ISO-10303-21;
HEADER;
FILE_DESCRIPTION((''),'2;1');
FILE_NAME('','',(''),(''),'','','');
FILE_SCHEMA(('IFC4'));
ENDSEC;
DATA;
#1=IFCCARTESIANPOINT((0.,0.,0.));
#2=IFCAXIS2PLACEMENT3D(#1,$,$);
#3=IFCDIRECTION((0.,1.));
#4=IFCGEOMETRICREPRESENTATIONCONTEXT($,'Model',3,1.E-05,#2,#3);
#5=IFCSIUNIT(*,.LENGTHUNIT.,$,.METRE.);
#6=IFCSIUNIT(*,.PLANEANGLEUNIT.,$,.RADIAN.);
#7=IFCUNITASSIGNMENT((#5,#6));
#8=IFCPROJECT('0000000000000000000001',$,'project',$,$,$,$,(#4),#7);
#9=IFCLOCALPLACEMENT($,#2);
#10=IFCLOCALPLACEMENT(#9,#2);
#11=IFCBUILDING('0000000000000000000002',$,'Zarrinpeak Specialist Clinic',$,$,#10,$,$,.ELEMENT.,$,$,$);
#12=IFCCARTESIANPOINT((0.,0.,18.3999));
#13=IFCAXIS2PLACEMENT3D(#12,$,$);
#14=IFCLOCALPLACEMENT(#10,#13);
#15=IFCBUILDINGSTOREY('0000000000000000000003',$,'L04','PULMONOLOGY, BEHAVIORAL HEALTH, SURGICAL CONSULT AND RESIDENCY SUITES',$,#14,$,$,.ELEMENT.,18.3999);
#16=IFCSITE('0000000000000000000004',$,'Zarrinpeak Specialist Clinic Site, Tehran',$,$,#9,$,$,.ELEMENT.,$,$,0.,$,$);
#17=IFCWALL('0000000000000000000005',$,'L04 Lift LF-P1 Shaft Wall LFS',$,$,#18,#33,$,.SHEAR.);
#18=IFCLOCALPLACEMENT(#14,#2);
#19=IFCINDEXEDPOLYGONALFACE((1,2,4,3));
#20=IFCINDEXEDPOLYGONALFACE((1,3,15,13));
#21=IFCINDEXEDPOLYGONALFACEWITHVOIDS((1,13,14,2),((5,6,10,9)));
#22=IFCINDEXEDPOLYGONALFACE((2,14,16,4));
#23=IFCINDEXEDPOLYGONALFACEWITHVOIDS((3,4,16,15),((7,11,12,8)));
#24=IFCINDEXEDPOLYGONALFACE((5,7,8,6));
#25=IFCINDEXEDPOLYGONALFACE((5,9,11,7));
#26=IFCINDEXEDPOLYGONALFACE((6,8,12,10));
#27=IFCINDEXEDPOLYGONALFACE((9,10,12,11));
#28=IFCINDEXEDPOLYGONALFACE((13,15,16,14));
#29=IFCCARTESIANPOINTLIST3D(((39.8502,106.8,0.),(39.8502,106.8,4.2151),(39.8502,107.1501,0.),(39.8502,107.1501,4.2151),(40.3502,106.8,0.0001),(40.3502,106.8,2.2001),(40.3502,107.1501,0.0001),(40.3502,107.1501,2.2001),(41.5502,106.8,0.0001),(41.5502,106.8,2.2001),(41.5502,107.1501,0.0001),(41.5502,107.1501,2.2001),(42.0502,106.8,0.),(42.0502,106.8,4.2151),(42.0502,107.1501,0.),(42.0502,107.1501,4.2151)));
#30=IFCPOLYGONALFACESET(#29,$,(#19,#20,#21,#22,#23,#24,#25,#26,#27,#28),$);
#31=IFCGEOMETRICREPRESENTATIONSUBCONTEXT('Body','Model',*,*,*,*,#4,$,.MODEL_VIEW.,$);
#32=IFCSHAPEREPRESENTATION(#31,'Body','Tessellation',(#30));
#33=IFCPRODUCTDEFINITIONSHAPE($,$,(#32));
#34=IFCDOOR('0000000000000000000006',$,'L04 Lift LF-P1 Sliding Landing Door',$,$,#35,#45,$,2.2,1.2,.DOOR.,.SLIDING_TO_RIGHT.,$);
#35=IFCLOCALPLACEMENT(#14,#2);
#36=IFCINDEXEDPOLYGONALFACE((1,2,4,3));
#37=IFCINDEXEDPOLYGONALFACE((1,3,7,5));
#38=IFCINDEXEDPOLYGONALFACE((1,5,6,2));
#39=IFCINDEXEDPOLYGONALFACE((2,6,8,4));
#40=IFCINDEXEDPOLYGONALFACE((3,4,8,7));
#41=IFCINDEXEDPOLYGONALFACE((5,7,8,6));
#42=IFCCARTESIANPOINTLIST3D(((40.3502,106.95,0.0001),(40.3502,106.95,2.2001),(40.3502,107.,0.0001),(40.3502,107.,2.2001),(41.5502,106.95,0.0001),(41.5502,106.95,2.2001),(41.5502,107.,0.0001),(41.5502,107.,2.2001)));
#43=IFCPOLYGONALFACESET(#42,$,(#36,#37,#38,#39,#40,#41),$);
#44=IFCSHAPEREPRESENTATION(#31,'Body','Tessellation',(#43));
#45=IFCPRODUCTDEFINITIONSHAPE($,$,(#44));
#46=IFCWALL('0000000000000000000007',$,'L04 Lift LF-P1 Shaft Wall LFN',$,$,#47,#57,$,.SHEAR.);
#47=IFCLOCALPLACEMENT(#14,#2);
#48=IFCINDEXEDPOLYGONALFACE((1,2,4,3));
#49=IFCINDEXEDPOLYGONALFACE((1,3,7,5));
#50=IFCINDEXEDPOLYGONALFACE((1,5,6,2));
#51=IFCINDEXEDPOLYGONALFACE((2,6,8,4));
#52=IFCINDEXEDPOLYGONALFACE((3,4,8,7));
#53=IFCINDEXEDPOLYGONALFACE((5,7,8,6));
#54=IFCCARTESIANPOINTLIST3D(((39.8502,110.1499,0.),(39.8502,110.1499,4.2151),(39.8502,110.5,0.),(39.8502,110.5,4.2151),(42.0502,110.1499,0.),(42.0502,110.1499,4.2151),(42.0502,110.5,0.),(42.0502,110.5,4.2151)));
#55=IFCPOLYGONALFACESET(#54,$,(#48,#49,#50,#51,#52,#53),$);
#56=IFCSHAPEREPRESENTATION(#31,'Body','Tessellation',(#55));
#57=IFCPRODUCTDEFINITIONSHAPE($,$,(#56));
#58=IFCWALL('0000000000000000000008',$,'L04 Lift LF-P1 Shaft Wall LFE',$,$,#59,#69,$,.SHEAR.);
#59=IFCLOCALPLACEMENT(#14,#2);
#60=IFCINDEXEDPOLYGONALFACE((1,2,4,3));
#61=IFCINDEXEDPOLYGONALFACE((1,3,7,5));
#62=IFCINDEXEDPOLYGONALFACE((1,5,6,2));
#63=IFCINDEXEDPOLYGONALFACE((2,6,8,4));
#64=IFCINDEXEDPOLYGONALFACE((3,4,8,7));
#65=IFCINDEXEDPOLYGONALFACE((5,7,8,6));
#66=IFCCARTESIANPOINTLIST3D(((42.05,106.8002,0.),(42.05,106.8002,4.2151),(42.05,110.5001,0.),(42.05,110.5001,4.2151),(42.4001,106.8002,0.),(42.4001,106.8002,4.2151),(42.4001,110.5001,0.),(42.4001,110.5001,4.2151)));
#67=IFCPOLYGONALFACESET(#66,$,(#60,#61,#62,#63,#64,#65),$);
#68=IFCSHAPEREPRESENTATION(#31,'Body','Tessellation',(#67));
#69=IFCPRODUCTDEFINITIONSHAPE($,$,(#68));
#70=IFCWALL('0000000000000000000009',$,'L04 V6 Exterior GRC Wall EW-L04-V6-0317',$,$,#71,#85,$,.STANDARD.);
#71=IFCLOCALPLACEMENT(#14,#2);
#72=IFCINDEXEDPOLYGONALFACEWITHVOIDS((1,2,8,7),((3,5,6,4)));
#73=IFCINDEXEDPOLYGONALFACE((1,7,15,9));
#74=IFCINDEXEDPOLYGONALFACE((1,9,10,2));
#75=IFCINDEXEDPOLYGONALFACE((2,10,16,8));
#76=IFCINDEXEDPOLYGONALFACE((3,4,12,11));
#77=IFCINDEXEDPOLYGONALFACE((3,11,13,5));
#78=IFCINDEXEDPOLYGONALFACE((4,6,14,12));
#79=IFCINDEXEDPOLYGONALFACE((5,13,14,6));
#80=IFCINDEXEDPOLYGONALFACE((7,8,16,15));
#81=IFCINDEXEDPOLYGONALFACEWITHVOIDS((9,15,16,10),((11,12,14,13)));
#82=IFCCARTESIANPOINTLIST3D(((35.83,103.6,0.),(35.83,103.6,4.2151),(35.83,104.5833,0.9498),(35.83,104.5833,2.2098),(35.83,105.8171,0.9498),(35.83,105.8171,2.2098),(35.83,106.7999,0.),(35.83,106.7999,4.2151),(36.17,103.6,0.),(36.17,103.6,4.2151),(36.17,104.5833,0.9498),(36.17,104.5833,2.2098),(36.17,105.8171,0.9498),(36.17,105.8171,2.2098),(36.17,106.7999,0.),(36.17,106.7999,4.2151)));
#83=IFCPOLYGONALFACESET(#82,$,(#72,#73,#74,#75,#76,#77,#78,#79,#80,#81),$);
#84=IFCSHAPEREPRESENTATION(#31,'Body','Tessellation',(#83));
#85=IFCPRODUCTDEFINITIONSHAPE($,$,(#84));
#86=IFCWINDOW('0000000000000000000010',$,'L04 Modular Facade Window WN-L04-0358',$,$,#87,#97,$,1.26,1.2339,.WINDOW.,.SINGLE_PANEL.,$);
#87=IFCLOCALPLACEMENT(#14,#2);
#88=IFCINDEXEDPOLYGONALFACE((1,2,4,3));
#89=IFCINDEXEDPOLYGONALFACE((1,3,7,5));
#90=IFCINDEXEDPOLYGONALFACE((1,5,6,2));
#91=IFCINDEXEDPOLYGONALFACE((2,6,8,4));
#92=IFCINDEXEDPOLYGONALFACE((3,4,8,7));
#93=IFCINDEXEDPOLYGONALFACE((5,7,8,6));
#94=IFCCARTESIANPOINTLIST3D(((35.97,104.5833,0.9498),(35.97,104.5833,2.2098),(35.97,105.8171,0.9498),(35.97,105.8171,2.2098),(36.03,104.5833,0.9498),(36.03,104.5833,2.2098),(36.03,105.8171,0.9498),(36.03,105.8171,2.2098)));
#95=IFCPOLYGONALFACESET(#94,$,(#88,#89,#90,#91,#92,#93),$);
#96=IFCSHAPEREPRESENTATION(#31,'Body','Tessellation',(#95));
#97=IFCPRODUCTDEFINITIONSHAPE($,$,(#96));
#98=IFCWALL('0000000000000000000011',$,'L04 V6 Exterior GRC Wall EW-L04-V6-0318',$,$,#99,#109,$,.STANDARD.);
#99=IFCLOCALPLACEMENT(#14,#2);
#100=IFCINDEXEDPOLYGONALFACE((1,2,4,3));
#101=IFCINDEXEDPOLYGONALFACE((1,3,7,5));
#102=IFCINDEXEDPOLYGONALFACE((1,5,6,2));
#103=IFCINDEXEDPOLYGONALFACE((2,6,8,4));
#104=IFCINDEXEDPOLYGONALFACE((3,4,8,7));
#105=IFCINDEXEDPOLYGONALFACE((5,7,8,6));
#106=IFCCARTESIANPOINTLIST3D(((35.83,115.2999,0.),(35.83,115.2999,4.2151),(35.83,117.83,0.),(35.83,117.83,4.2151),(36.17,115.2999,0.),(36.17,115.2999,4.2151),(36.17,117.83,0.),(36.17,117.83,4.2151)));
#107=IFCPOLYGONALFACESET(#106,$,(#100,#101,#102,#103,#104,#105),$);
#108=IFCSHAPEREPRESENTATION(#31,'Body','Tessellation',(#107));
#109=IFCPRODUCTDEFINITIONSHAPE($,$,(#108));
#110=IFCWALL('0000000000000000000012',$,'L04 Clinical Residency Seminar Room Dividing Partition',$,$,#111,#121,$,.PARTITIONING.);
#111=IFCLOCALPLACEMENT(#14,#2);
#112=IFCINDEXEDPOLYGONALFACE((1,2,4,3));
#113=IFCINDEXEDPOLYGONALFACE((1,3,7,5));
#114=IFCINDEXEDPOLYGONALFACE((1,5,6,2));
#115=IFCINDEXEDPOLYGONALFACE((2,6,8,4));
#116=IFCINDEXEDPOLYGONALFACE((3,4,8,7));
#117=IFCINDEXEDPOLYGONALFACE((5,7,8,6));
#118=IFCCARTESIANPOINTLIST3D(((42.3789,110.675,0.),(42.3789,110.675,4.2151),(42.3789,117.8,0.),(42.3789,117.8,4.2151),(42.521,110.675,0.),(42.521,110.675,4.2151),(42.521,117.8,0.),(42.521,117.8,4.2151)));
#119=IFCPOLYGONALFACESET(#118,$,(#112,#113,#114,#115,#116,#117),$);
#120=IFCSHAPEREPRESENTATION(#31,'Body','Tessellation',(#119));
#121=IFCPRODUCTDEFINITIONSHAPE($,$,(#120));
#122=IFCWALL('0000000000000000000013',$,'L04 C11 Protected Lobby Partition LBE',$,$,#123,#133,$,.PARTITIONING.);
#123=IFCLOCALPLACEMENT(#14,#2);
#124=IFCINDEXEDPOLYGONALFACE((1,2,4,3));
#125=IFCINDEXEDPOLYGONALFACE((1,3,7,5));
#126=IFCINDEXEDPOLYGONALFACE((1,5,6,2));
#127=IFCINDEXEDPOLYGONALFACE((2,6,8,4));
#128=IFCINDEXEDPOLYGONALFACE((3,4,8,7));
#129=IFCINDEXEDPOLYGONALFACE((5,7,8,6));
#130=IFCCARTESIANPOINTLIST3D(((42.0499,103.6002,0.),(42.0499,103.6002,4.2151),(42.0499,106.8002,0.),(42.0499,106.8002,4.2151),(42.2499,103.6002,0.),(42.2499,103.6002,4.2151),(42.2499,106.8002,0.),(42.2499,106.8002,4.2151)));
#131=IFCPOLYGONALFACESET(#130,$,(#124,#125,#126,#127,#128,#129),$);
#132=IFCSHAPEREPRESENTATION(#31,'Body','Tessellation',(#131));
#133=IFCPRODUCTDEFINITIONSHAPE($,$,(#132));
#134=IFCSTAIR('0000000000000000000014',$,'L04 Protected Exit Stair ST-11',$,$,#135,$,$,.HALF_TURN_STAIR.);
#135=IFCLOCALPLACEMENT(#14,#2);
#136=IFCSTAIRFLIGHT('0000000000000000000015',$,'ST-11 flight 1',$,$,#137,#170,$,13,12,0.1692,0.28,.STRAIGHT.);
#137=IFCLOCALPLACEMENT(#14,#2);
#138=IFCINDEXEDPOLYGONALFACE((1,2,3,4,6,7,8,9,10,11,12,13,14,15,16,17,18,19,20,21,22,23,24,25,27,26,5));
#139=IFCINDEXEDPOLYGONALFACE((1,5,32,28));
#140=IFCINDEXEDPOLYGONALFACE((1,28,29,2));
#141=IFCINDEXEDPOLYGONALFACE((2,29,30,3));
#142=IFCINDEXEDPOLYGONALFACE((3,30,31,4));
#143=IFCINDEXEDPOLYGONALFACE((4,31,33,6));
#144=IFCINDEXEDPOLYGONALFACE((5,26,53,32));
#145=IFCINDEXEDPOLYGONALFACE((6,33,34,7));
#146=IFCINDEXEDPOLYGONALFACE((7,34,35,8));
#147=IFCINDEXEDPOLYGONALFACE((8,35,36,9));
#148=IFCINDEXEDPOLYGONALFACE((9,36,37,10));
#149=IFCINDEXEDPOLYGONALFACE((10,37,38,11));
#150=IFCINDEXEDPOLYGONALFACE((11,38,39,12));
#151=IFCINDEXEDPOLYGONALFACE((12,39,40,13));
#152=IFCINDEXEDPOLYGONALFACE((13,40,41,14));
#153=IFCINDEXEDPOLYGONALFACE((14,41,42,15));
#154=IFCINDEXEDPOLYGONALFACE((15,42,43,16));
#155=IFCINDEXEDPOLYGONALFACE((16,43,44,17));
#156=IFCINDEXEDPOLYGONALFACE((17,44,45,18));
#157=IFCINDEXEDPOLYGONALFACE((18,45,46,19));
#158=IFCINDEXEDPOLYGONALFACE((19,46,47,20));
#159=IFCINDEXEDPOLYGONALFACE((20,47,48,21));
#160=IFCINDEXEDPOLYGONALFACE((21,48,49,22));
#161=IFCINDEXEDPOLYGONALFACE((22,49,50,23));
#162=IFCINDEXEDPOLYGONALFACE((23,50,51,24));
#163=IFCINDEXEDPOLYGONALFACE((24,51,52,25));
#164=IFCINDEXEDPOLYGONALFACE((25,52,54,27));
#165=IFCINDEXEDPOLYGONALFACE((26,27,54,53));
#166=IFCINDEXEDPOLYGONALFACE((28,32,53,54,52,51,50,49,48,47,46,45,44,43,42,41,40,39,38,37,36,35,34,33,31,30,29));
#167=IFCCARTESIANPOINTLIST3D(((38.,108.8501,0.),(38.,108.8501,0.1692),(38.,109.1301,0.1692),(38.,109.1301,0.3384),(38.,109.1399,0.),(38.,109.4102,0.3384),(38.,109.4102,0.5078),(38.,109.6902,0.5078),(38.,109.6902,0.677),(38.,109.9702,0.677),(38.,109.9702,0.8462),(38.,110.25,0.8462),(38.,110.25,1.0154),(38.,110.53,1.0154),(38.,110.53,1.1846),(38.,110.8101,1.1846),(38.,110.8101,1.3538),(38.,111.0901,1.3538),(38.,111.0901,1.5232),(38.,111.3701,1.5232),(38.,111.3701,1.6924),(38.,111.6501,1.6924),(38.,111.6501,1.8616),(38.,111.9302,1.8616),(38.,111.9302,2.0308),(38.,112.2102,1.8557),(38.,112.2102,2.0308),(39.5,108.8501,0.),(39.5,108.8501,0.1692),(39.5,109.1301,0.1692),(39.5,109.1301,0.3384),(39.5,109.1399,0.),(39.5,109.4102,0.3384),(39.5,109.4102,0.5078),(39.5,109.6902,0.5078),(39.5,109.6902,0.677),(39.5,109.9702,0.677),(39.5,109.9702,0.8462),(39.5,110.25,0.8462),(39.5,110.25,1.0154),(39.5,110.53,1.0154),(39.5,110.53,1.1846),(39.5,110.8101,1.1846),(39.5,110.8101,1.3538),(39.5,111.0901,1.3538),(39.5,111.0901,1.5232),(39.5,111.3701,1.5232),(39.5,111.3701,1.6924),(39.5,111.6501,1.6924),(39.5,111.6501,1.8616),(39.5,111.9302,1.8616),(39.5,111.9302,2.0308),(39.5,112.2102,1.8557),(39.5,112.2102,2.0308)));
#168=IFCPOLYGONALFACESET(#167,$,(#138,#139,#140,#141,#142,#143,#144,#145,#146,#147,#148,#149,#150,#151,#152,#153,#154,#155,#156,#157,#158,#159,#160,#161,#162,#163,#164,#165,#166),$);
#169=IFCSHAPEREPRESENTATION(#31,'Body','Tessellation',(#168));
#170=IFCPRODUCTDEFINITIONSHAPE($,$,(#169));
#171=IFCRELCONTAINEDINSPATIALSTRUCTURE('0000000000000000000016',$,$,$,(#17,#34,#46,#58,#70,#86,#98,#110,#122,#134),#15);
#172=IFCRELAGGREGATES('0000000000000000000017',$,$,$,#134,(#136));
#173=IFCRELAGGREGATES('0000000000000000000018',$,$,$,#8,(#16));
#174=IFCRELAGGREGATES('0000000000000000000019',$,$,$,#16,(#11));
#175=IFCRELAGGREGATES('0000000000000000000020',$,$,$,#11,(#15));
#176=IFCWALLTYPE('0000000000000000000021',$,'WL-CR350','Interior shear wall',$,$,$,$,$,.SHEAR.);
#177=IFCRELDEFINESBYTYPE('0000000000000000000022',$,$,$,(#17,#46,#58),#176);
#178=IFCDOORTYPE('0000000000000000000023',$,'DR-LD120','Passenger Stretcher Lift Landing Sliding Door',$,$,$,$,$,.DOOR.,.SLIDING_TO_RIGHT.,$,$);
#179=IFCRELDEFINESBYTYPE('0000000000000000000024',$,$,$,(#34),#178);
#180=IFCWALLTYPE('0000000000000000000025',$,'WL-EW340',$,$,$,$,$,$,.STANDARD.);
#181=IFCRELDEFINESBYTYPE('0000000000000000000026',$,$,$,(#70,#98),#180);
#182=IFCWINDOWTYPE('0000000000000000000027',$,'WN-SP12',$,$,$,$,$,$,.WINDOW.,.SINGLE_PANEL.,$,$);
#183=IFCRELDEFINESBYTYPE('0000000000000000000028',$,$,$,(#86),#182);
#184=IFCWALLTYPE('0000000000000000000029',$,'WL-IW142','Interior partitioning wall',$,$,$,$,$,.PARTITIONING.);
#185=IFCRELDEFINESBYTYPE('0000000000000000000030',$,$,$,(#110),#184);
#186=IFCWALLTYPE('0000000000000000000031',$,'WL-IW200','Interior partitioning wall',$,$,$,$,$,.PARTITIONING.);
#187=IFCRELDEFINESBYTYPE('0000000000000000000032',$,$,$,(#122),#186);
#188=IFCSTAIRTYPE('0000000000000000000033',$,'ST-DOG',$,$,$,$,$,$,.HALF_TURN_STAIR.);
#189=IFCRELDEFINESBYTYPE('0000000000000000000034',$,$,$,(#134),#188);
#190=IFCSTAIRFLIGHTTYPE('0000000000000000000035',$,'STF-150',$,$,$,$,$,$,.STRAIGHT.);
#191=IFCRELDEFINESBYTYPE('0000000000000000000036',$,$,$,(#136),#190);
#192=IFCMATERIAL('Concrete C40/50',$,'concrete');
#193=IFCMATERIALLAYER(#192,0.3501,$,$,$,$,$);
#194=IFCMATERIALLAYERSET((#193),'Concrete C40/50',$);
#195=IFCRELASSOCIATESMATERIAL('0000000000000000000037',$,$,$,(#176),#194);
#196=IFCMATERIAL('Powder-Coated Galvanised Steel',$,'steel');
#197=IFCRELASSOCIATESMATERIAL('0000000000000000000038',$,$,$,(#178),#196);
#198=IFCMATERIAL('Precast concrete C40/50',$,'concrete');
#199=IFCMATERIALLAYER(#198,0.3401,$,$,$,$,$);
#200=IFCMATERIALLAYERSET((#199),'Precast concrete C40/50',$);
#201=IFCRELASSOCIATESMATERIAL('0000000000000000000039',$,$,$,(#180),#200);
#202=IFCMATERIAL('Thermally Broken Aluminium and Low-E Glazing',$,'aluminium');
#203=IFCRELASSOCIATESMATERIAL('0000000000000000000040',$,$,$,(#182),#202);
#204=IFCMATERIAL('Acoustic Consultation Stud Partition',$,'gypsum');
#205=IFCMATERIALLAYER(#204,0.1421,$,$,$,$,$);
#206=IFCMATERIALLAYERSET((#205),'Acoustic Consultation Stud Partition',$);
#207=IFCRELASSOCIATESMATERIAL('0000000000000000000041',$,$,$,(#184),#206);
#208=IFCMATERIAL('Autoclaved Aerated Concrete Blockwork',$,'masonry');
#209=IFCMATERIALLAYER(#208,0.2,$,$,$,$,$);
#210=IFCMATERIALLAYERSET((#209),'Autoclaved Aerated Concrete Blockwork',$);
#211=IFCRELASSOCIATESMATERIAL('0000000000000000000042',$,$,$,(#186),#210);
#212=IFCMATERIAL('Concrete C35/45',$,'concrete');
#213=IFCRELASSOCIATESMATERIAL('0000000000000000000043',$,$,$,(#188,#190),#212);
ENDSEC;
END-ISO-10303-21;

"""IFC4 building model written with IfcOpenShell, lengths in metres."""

from ifc_helpers import new_model, si_unit, direction, frame, frame_2d, origin, place, context, subcontext, project, spatial, polyline, rectangle, outline, extrude, material, layer, layer_set, type_object, element, fill, aggregate, save


model = new_model("IFC4")

# Units and contexts
model_context = context("Model", 3, precision=1e-05, world=origin(), true_north=direction((0.0, 1.0)))
body_context = subcontext(model_context, "Body", "Model", "MODEL_VIEW")
ifc_project = project(units=[si_unit("LENGTHUNIT", "METRE"), si_unit("PLANEANGLEUNIT", "RADIAN")], contexts=[model_context])

# Site, building, storey
site_placement = place(None, origin())
site = spatial("IfcSite", under=ifc_project, at=site_placement, Name="Zarrinpeak Specialist Clinic Site, Tehran", CompositionType="ELEMENT", RefElevation=0.0)
building_placement = place(site_placement, origin())
building = spatial("IfcBuilding", under=site, at=building_placement, Name="Zarrinpeak Specialist Clinic", CompositionType="ELEMENT")
storey_placement = place(building_placement, frame((0.0, 0.0, 18.3999)))
storey = spatial("IfcBuildingStorey", under=building, at=storey_placement, Name="L04", Description="PULMONOLOGY, BEHAVIORAL HEALTH, SURGICAL CONSULT AND RESIDENCY SUITES", CompositionType="ELEMENT", Elevation=18.3999)

# Shared definitions
ifc_material_1 = material(Name="Concrete C40/50", Category="concrete")
ifc_layer_1 = layer(ifc_material_1, 0.3501)
ifc_layer_set_1 = layer_set([ifc_layer_1], Name="Concrete C40/50")
wall_type_1 = type_object("IfcWallType", Name="WL-CR350", Description="Interior shear wall", PredefinedType="SHEAR", material=ifc_layer_set_1)
ifc_material_2 = material(Name="Powder-Coated Galvanised Steel", Category="steel")

# Wall, opening, door
wall_1_placement = place(storey_placement, frame((39.8501, 106.9751, 0.0), z_axis=(0.0, 0.0, 1.0), x_axis=(1.0, 0.0, 0.0)))
wall_1 = element("IfcWall", 1, at=wall_1_placement, inside=storey, type_object=wall_type_1, Name="L04 Lift LF-P1 Shaft Wall LFS", PredefinedType="SHEAR", context=body_context, shape_type="SweptSolid", body=[
    extrude(rectangle(XDim=2.2, YDim=0.3501, at=frame_2d((1.1001, 0.0))), origin(), (0.0, 0.0, 1.0), 4.2151),
])
opening_1_placement = place(wall_1_placement, frame((0.5, 0.0, 0.0)))
opening_1 = element("IfcOpeningElement", 2, at=opening_1_placement, cuts=wall_1, PredefinedType="OPENING", context=body_context, shape_type="SweptSolid", body=[
    extrude(rectangle(XDim=1.2, YDim=2.2, at=frame_2d((0.6001, 1.1001))), frame((0.0, 0.1851, 0.0), z_axis=(0.0, -1.0, 0.0), x_axis=(1.0, 0.0, 0.0)), (0.0, 0.0, 1.0), 0.3701),
])
door_type_1 = type_object("IfcDoorType", Name="DR-LD120", Description="Passenger Stretcher Lift Landing Sliding Door", OperationType="SLIDING_TO_RIGHT", PredefinedType="DOOR", material=ifc_material_2)
door_1_placement = place(opening_1_placement, origin())
door_1 = element("IfcDoor", 3, at=door_1_placement, inside=storey, type_object=door_type_1, Name="L04 Lift LF-P1 Sliding Landing Door", OperationType="SLIDING_TO_RIGHT", OverallHeight=2.2, OverallWidth=1.2, PredefinedType="DOOR", context=body_context, shape_type="SweptSolid", body=[
    extrude(rectangle(XDim=1.2, YDim=2.2, at=frame_2d((0.6001, 1.1001))), frame((0.0, 0.0249, 0.0), z_axis=(0.0, -1.0, 0.0), x_axis=(1.0, 0.0, 0.0)), (0.0, 0.0, 1.0), 0.05),
])
fill(opening_1, door_1)

# Walls
wall_2_placement = place(storey_placement, frame((39.8501, 110.325, 0.0), z_axis=(0.0, 0.0, 1.0), x_axis=(1.0, 0.0, 0.0)))
element("IfcWall", 4, at=wall_2_placement, inside=storey, type_object=wall_type_1, Name="L04 Lift LF-P1 Shaft Wall LFN", PredefinedType="SHEAR", context=body_context, shape_type="SweptSolid", body=[
    extrude(rectangle(XDim=2.2, YDim=0.3501, at=frame_2d((1.1001, 0.0))), origin(), (0.0, 0.0, 1.0), 4.2151),
])
wall_3_placement = place(storey_placement, frame((42.2251, 106.8, 0.0), z_axis=(0.0, 0.0, 1.0), x_axis=(0.0, 1.0, 0.0)))
element("IfcWall", 5, at=wall_3_placement, inside=storey, type_object=wall_type_1, Name="L04 Lift LF-P1 Shaft Wall LFE", PredefinedType="SHEAR", context=body_context, shape_type="SweptSolid", body=[
    extrude(rectangle(XDim=3.7, YDim=0.3501, at=frame_2d((1.8501, 0.0))), origin(), (0.0, 0.0, 1.0), 4.2151),
])

# Wall, opening, window
ifc_material_3 = material(Name="Precast concrete C40/50", Category="concrete")
ifc_layer_2 = layer(ifc_material_3, 0.3401)
ifc_layer_set_2 = layer_set([ifc_layer_2], Name="Precast concrete C40/50")
wall_type_2 = type_object("IfcWallType", Name="WL-EW340", PredefinedType="STANDARD", material=ifc_layer_set_2)
wall_4_placement = place(storey_placement, frame((36.0, 106.8, 0.0), z_axis=(0.0, 0.0, 1.0), x_axis=(0.0, -1.0, 0.0)))
wall_4 = element("IfcWall", 6, at=wall_4_placement, inside=storey, type_object=wall_type_2, Name="L04 V6 Exterior GRC Wall EW-L04-V6-0317", PredefinedType="STANDARD", context=body_context, shape_type="SweptSolid", body=[
    extrude(rectangle(XDim=3.2, YDim=0.3401, at=frame_2d((1.6001, 0.0))), origin(), (0.0, 0.0, 1.0), 4.2151),
])
opening_2_placement = place(wall_4_placement, frame((0.9829, 0.0, 0.95)))
opening_2 = element("IfcOpeningElement", 7, at=opening_2_placement, cuts=wall_4, PredefinedType="OPENING", context=body_context, shape_type="SweptSolid", body=[
    extrude(rectangle(XDim=1.2339, YDim=1.26, at=frame_2d((0.6169, 0.6299))), frame((0.0, 0.1802, 0.0), z_axis=(0.0, -1.0, 0.0), x_axis=(1.0, 0.0, 0.0)), (0.0, 0.0, 1.0), 0.3601),
])
ifc_material_4 = material(Name="Thermally Broken Aluminium and Low-E Glazing", Category="aluminium")
window_type = type_object("IfcWindowType", Name="WN-SP12", PartitioningType="SINGLE_PANEL", PredefinedType="WINDOW", material=ifc_material_4)
window_placement = place(opening_2_placement, origin())
window = element("IfcWindow", 8, at=window_placement, inside=storey, type_object=window_type, Name="L04 Modular Facade Window WN-L04-0358", OverallHeight=1.26, OverallWidth=1.2339, PartitioningType="SINGLE_PANEL", PredefinedType="WINDOW", context=body_context, shape_type="SweptSolid", body=[
    extrude(rectangle(XDim=1.2339, YDim=1.26, at=frame_2d((0.6169, 0.6299))), frame((0.0, 0.03, 0.0), z_axis=(0.0, -1.0, 0.0), x_axis=(1.0, 0.0, 0.0)), (0.0, 0.0, 1.0), 0.0601),
])
fill(opening_2, window)

# Walls
wall_5_placement = place(storey_placement, frame((36.0, 117.8301, 0.0), z_axis=(0.0, 0.0, 1.0), x_axis=(0.0, -1.0, 0.0)))
element("IfcWall", 9, at=wall_5_placement, inside=storey, type_object=wall_type_2, Name="L04 V6 Exterior GRC Wall EW-L04-V6-0318", PredefinedType="STANDARD", context=body_context, shape_type="SweptSolid", body=[
    extrude(rectangle(XDim=2.53, YDim=0.3401, at=frame_2d((1.2651, 0.0))), origin(), (0.0, 0.0, 1.0), 4.2151),
])
ifc_material_5 = material(Name="Acoustic Consultation Stud Partition", Category="gypsum")
ifc_layer_3 = layer(ifc_material_5, 0.1421)
ifc_layer_set_3 = layer_set([ifc_layer_3], Name="Acoustic Consultation Stud Partition")
wall_type_3 = type_object("IfcWallType", Name="WL-IW142", Description="Interior partitioning wall", PredefinedType="PARTITIONING", material=ifc_layer_set_3)
wall_6_placement = place(storey_placement, frame((42.45, 110.675, 0.0), z_axis=(0.0, 0.0, 1.0), x_axis=(0.0, 1.0, 0.0)))
element("IfcWall", 10, at=wall_6_placement, inside=storey, type_object=wall_type_3, Name="L04 Clinical Residency Seminar Room Dividing Partition", PredefinedType="PARTITIONING", context=body_context, shape_type="SweptSolid", body=[
    extrude(rectangle(XDim=7.125, YDim=0.1421, at=frame_2d((3.5625, 0.0))), origin(), (0.0, 0.0, 1.0), 4.2151),
])
ifc_material_6 = material(Name="Autoclaved Aerated Concrete Blockwork", Category="masonry")
ifc_layer_4 = layer(ifc_material_6, 0.2)
ifc_layer_set_4 = layer_set([ifc_layer_4], Name="Autoclaved Aerated Concrete Blockwork")
wall_type_4 = type_object("IfcWallType", Name="WL-IW200", Description="Interior partitioning wall", PredefinedType="PARTITIONING", material=ifc_layer_set_4)
wall_7_placement = place(storey_placement, frame((42.1499, 103.6001, 0.0), z_axis=(0.0, 0.0, 1.0), x_axis=(0.0, 1.0, 0.0)))
element("IfcWall", 11, at=wall_7_placement, inside=storey, type_object=wall_type_4, Name="L04 C11 Protected Lobby Partition LBE", PredefinedType="PARTITIONING", context=body_context, shape_type="SweptSolid", body=[
    extrude(rectangle(XDim=3.2, YDim=0.2, at=frame_2d((1.6001, 0.0))), origin(), (0.0, 0.0, 1.0), 4.2151),
])

# Stair, stair flight
ifc_material_7 = material(Name="Concrete C35/45", Category="concrete")
stair_type = type_object("IfcStairType", Name="ST-DOG", PredefinedType="HALF_TURN_STAIR", material=ifc_material_7)
stair_placement = place(storey_placement, origin())
stair = element("IfcStair", 12, at=stair_placement, inside=storey, type_object=stair_type, Name="L04 Protected Exit Stair ST-11", PredefinedType="HALF_TURN_STAIR")
stair_flight_type = type_object("IfcStairFlightType", Name="STF-150", PredefinedType="STRAIGHT", material=ifc_material_7)
stair_flight_1_placement = place(storey_placement, frame((38.75, 108.8501, 0.0), z_axis=(0.0, 0.0, 1.0), x_axis=(0.0, 1.0, 0.0)))
stair_flight_1 = element("IfcStairFlight", 13, at=stair_flight_1_placement, type_object=stair_flight_type, Name="ST-11 flight 1", NumberOfRisers=13, NumberOfTreads=12, PredefinedType="STRAIGHT", RiserHeight=0.1692, TreadLength=0.28, context=body_context, shape_type="SweptSolid", body=[
    extrude(outline(polyline([(0.0, 0.0), (0.0, 0.1692), (0.28, 0.1692), (0.28, 0.3384), (0.5601, 0.3384), (0.5601, 0.5078), (0.8401, 0.5078), (0.8401, 0.677), (1.1201, 0.677), (1.1201, 0.8462), (1.3999, 0.8462), (1.3999, 1.0154), (1.6799, 1.0154), (1.6799, 1.1846), (1.96, 1.1846), (1.96, 1.3538), (2.24, 1.3538), (2.24, 1.5232), (2.52, 1.5232), (2.52, 1.6924), (2.8, 1.6924), (2.8, 1.8616), (3.0801, 1.8616), (3.0801, 2.0308), (3.3601, 2.0308), (3.3601, 2.2), (3.3601, 1.8557), (0.2898, 0.0), (0.0, 0.0)])), frame((0.0, 0.75, 0.0), z_axis=(0.0, -1.0, 0.0), x_axis=(1.0, 0.0, 0.0)), (0.0, 0.0, 1.0), 1.5),
])
aggregate(stair, [stair_flight_1])

save(model, "model.ifc")
